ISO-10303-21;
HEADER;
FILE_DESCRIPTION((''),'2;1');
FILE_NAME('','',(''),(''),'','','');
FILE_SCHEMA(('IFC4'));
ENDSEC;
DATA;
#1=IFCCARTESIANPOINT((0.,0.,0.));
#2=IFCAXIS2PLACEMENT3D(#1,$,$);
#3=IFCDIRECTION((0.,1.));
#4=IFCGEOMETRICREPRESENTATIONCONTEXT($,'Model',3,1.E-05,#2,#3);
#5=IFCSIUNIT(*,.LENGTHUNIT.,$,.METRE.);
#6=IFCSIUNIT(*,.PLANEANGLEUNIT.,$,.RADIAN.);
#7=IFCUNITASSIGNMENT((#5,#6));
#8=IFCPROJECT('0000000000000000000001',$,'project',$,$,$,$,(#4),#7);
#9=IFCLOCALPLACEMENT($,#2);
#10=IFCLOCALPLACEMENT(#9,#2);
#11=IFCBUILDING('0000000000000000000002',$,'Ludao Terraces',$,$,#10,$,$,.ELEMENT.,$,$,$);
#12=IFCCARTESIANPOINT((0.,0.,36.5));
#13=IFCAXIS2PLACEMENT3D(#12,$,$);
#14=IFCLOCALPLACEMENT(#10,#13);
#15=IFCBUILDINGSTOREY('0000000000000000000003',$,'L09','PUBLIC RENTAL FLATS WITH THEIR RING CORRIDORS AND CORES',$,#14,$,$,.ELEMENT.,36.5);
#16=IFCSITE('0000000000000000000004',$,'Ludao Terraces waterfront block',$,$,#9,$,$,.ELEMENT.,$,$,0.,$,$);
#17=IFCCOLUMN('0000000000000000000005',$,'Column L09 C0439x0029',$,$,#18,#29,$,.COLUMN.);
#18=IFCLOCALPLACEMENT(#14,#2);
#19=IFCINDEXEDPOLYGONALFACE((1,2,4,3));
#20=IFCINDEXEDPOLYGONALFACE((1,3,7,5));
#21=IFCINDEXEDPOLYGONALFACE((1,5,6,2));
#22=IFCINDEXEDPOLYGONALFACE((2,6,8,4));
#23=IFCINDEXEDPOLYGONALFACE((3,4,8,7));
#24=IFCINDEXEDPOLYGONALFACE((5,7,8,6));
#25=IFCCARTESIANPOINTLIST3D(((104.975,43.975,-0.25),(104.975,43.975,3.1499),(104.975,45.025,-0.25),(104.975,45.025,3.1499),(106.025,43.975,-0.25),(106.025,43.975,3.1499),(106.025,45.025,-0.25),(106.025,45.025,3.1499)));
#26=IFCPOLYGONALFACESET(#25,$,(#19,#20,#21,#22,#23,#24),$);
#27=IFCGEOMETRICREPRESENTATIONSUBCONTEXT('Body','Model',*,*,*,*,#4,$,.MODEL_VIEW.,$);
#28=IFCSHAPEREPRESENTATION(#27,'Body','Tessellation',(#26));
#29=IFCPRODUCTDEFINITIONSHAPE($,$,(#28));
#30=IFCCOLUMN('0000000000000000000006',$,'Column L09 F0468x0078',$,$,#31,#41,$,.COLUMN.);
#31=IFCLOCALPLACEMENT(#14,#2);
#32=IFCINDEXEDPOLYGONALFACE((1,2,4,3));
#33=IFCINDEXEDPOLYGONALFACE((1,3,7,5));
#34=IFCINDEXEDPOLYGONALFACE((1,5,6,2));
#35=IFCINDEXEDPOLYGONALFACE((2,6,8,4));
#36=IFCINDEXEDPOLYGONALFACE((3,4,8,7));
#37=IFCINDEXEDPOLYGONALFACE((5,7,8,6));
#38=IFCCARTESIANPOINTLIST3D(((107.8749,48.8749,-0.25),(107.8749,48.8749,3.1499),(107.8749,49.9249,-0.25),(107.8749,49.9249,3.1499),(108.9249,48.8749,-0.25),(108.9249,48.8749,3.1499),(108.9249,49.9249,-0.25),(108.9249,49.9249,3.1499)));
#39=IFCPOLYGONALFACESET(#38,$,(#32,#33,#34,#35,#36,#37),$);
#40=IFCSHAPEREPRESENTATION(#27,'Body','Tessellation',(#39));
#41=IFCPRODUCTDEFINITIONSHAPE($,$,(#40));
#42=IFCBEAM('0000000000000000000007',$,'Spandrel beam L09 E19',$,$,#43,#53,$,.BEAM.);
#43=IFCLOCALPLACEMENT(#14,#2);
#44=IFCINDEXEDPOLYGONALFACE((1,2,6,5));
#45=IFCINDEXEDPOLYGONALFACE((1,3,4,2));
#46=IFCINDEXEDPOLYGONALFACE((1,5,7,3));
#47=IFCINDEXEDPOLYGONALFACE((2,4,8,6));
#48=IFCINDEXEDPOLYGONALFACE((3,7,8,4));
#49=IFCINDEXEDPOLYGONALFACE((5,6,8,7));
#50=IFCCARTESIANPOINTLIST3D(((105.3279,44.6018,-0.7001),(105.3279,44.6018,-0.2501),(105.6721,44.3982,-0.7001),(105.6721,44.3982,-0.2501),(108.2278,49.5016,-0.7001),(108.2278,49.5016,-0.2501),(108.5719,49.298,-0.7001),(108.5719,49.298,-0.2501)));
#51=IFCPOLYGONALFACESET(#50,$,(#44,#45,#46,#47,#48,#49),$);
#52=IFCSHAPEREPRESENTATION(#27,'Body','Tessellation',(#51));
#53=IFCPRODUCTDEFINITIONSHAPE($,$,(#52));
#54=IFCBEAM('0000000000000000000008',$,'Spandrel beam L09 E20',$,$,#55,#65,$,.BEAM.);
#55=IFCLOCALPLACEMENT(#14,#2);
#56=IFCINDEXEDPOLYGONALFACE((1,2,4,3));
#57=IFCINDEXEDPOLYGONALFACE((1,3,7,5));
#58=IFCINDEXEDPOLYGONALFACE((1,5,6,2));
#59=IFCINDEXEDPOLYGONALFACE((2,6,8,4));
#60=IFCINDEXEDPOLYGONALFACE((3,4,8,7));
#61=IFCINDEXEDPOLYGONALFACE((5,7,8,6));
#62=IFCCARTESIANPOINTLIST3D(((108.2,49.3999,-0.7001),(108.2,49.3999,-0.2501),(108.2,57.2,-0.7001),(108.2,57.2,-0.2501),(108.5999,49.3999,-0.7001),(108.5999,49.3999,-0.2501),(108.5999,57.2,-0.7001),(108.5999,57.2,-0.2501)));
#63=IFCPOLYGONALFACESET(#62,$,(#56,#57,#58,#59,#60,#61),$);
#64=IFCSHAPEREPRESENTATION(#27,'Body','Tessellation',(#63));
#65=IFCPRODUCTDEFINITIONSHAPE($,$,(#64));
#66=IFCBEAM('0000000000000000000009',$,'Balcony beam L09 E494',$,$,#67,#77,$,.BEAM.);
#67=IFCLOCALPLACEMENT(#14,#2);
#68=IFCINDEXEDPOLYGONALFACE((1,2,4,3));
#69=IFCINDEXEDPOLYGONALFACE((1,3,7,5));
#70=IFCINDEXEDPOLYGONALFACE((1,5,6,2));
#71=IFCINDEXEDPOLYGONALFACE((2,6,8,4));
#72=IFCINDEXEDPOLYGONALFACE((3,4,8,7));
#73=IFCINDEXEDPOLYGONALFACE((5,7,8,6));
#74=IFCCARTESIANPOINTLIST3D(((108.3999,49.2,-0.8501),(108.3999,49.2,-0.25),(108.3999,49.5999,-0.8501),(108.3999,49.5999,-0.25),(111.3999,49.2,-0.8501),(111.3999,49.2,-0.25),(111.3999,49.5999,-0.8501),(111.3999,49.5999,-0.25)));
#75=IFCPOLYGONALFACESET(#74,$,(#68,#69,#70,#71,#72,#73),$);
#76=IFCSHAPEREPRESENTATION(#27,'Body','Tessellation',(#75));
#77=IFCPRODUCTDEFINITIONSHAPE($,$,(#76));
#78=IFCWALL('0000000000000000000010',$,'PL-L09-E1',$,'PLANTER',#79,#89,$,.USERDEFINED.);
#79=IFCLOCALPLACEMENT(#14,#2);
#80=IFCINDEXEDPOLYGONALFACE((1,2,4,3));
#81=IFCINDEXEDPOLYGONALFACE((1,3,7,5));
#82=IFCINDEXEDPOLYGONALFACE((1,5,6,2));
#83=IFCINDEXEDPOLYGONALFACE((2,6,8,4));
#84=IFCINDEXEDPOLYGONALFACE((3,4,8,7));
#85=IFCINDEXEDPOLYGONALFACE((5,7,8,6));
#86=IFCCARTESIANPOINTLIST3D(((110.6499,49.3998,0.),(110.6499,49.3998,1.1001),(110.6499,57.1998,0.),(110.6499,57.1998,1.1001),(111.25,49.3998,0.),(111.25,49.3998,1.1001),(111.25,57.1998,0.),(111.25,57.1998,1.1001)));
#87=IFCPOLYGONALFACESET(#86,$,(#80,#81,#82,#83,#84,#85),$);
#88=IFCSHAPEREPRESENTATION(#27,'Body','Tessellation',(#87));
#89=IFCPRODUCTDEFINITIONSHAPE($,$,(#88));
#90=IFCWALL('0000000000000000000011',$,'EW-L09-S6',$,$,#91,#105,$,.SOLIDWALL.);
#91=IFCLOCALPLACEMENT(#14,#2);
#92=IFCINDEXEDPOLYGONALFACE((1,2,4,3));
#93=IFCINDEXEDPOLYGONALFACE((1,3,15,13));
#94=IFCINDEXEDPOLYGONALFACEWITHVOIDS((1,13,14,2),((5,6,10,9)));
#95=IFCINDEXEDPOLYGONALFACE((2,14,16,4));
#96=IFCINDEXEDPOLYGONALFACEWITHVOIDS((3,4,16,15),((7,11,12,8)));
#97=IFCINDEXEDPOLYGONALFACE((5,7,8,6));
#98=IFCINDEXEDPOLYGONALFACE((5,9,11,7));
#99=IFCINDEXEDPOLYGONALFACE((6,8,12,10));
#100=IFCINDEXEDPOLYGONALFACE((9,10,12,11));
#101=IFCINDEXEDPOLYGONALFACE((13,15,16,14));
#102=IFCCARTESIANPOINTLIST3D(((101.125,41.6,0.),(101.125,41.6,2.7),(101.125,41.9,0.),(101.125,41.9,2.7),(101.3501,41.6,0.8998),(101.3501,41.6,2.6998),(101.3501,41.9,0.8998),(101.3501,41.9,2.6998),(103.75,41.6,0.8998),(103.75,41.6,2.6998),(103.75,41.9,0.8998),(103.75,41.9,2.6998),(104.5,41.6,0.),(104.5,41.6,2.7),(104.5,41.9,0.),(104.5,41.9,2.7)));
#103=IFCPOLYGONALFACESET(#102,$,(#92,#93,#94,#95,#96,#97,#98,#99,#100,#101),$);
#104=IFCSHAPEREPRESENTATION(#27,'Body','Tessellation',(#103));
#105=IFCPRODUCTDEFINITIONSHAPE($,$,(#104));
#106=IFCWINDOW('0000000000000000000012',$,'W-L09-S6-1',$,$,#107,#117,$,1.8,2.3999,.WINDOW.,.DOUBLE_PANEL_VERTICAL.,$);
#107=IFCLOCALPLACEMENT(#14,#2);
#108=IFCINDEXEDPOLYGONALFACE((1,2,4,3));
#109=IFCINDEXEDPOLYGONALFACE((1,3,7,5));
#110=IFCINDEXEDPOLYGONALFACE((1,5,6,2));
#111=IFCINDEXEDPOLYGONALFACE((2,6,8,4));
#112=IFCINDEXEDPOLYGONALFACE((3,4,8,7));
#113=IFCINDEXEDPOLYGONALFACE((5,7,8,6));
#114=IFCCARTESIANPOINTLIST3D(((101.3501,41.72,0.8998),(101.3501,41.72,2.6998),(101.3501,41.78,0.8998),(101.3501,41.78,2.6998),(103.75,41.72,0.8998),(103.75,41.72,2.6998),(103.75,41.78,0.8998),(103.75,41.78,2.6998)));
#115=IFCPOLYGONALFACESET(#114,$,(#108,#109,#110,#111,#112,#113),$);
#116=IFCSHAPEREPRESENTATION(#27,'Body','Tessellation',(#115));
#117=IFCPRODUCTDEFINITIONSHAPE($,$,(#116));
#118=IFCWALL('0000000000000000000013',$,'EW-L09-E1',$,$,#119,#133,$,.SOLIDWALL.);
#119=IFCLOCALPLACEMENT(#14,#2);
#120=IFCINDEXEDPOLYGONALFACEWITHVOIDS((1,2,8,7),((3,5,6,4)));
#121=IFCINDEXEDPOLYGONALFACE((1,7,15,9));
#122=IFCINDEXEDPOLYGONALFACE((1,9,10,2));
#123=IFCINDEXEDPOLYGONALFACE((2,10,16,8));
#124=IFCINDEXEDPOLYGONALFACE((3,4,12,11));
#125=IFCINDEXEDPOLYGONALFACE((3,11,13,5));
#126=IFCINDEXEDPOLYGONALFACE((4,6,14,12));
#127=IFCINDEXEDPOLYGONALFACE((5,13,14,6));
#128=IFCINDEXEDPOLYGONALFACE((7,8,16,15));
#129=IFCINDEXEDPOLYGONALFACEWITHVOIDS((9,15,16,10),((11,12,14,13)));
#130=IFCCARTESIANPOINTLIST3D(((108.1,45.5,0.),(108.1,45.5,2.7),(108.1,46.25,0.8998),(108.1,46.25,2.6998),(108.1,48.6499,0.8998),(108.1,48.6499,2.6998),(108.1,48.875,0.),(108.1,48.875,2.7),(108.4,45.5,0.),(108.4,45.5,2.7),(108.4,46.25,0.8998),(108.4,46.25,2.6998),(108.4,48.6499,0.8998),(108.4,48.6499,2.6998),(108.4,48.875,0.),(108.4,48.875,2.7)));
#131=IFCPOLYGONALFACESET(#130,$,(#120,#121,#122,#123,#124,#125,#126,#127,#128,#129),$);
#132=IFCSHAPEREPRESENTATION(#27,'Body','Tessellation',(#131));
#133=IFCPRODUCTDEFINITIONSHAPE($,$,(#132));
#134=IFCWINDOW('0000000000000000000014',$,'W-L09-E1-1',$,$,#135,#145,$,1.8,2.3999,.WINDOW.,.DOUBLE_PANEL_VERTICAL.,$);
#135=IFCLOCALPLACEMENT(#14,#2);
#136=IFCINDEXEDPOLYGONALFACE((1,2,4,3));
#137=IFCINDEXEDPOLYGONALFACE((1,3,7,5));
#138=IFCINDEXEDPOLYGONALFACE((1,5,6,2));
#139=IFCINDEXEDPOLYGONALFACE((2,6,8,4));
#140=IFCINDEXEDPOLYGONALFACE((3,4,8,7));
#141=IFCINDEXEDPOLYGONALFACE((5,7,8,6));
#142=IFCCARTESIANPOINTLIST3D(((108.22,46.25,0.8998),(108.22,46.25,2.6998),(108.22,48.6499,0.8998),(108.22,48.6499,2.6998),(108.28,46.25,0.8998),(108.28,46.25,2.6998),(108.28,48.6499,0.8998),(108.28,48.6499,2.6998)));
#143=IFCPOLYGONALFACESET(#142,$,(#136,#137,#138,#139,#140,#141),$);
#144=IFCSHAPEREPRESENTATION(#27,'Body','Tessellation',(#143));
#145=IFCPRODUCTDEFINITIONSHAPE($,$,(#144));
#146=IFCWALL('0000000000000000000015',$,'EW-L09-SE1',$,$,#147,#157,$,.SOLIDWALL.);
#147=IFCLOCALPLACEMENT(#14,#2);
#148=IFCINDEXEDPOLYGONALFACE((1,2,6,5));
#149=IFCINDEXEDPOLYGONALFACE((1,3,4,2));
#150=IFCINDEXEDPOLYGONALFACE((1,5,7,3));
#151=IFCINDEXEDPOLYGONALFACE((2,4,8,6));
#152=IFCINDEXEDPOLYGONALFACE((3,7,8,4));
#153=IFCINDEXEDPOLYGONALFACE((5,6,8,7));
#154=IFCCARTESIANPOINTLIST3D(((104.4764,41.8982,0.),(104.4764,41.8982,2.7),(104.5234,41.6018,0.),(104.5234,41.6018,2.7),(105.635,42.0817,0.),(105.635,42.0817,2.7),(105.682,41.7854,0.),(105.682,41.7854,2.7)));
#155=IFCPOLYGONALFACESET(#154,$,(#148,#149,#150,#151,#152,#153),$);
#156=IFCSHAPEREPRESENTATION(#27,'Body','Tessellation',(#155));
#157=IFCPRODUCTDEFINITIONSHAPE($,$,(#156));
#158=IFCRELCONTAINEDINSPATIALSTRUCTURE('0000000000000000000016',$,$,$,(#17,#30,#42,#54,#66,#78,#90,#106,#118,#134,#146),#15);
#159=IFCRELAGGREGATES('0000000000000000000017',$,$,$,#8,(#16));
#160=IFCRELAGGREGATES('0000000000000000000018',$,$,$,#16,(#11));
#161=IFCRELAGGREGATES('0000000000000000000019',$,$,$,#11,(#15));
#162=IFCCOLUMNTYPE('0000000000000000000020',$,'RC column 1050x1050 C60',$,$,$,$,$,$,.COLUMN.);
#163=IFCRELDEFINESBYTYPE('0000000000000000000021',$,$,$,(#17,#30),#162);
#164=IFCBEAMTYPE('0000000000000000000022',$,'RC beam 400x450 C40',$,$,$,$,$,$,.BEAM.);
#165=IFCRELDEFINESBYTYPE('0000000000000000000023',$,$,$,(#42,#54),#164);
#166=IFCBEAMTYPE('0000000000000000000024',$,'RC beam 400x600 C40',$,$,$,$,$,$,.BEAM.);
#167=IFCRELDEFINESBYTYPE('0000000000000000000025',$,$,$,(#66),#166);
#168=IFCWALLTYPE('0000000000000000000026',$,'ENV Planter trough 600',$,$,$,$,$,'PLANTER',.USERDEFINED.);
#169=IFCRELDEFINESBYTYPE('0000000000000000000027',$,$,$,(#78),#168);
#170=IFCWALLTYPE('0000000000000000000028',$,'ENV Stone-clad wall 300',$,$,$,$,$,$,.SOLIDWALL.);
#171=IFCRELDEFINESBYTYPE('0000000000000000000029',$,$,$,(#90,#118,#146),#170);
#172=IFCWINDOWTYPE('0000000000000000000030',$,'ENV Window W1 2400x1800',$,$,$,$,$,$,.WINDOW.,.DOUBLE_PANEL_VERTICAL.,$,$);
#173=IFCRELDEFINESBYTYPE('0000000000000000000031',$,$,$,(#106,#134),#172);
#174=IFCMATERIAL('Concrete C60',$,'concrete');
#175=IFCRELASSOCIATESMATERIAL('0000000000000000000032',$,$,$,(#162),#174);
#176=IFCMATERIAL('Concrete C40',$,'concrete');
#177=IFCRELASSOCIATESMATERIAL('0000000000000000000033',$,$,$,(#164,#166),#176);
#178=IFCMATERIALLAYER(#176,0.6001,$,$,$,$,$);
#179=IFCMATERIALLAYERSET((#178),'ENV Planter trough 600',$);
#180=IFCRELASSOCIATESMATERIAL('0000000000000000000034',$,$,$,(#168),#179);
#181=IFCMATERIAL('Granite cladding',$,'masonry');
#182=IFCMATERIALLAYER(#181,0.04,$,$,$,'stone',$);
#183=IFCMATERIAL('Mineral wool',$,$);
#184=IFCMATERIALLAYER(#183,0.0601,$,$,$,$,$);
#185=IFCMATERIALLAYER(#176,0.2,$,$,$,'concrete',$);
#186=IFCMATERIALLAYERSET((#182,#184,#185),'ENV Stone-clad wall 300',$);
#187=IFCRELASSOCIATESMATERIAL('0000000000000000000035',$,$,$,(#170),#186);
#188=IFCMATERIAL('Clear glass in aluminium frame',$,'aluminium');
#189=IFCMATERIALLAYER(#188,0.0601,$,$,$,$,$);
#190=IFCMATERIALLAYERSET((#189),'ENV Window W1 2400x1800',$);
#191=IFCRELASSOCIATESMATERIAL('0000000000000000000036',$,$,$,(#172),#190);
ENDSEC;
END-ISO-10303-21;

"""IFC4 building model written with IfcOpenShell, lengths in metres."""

from ifc_helpers import new_model, si_unit, direction, frame, frame_2d, origin, origin_2d, place, context, subcontext, project, spatial, rectangle, extrude, material, layer, layer_set, material_profile, profile_set, type_object, element, fill, save


model = new_model("IFC4")

# Units and contexts
model_context = context("Model", 3, precision=1e-05, world=origin(), true_north=direction((0.0, 1.0)))
body_context = subcontext(model_context, "Body", "Model", "MODEL_VIEW")
ifc_project = project(units=[si_unit("LENGTHUNIT", "METRE"), si_unit("PLANEANGLEUNIT", "RADIAN")], contexts=[model_context])

# Site, building, storey
site_placement = place(None, origin())
site = spatial("IfcSite", under=ifc_project, at=site_placement, Name="Ludao Terraces waterfront block", CompositionType="ELEMENT", RefElevation=0.0)
building_placement = place(site_placement, origin())
building = spatial("IfcBuilding", under=site, at=building_placement, Name="Ludao Terraces", CompositionType="ELEMENT")
storey_placement = place(building_placement, frame((0.0, 0.0, 36.5)))
storey = spatial("IfcBuildingStorey", under=building, at=storey_placement, Name="L09", Description="PUBLIC RENTAL FLATS WITH THEIR RING CORRIDORS AND CORES", CompositionType="ELEMENT", Elevation=36.5)

# Columns
ifc_material_1 = material(Name="Concrete C60", Category="concrete")
ifc_material_profile_1 = material_profile(ifc_material_1, rectangle(XDim=1.05, YDim=1.05, at=origin_2d()), Name="1050 X 1050")
ifc_profile_set_1 = profile_set([ifc_material_profile_1], Name="Concrete C60")
column_type = type_object("IfcColumnType", Name="RC column 1050x1050 C60", PredefinedType="COLUMN", material=ifc_profile_set_1)
for number, where, z_axis, x_axis, name in (
    (1, (105.5, 44.5, -0.25), (0.0, 0.0, 1.0), (1.0, 0.0, 0.0), "Column L09 C0439x0029"),
    (2, (108.3999, 49.3999, -0.25), (0.0, 0.0, 1.0), (1.0, 0.0, 0.0), "Column L09 F0468x0078"),
):
    element("IfcColumn", number, at=place(storey_placement, frame(where, z_axis=z_axis, x_axis=x_axis)), inside=storey, type_object=column_type, Name=name, PredefinedType="COLUMN", context=body_context, shape_type="SweptSolid", body=[
        extrude(rectangle(XDim=1.05, YDim=1.05, at=origin_2d()), origin(), (0.0, 0.0, 1.0), 3.3999),
    ])

# Beams
ifc_material_2 = material(Name="Concrete C40", Category="concrete")
ifc_material_profile_2 = material_profile(ifc_material_2, rectangle(XDim=0.3999, YDim=0.45, at=origin_2d()), Name="400 X 450")
ifc_profile_set_2 = profile_set([ifc_material_profile_2], Name="Concrete C40")
beam_type_1 = type_object("IfcBeamType", Name="RC beam 400x450 C40", PredefinedType="BEAM", material=ifc_profile_set_2)
beam_1_placement = place(storey_placement, frame((105.5, 44.5, -0.4751), z_axis=(0.509316, 0.86058, 0.0), x_axis=(-0.86058, 0.509316, 0.0)))
element("IfcBeam", 3, at=beam_1_placement, inside=storey, type_object=beam_type_1, Name="Spandrel beam L09 E19", PredefinedType="BEAM", context=body_context, shape_type="SweptSolid", body=[
    extrude(rectangle(XDim=0.3999, YDim=0.45, at=origin_2d()), origin(), (0.0, 0.0, 1.0), 5.6936),
])
beam_2_placement = place(storey_placement, frame((108.3999, 49.3999, -0.4751), z_axis=(0.0, 1.0, 0.0), x_axis=(-1.0, 0.0, 0.0)))
element("IfcBeam", 4, at=beam_2_placement, inside=storey, type_object=beam_type_1, Name="Spandrel beam L09 E20", PredefinedType="BEAM", context=body_context, shape_type="SweptSolid", body=[
    extrude(rectangle(XDim=0.3999, YDim=0.45, at=origin_2d()), origin(), (0.0, 0.0, 1.0), 7.8),
])
ifc_material_profile_3 = material_profile(ifc_material_2, rectangle(XDim=0.3999, YDim=0.6001, at=origin_2d()), Name="400 X 600")
ifc_profile_set_3 = profile_set([ifc_material_profile_3], Name="Concrete C40")
beam_type_2 = type_object("IfcBeamType", Name="RC beam 400x600 C40", PredefinedType="BEAM", material=ifc_profile_set_3)
beam_3_placement = place(storey_placement, frame((108.3999, 49.3999, -0.55), z_axis=(1.0, 0.0, 0.0), x_axis=(0.0, 1.0, 0.0)))
element("IfcBeam", 5, at=beam_3_placement, inside=storey, type_object=beam_type_2, Name="Balcony beam L09 E494", PredefinedType="BEAM", context=body_context, shape_type="SweptSolid", body=[
    extrude(rectangle(XDim=0.3999, YDim=0.6001, at=origin_2d()), origin(), (0.0, 0.0, 1.0), 3.0),
])

# Wall
ifc_layer_1 = layer(ifc_material_2, 0.6001)
ifc_layer_set_1 = layer_set([ifc_layer_1], Name="ENV Planter trough 600")
wall_type_1 = type_object("IfcWallType", Name="ENV Planter trough 600", ElementType="PLANTER", PredefinedType="USERDEFINED", material=ifc_layer_set_1)
wall_1_placement = place(storey_placement, frame((110.95, 49.3999, 0.0), z_axis=(0.0, 0.0, 1.0), x_axis=(0.0, 1.0, 0.0)))
element("IfcWall", 6, at=wall_1_placement, inside=storey, type_object=wall_type_1, Name="PL-L09-E1", ObjectType="PLANTER", PredefinedType="USERDEFINED", context=body_context, shape_type="SweptSolid", body=[
    extrude(rectangle(XDim=7.8, YDim=0.6001, at=frame_2d((3.8999, 0.0))), origin(), (0.0, 0.0, 1.0), 1.1001),
])

# Walls, openings, windows
ifc_material_3 = material(Name="Granite cladding", Category="masonry")
ifc_layer_2 = layer(ifc_material_3, 0.04, Category="stone")
ifc_material_4 = material(Name="Mineral wool")
ifc_layer_3 = layer(ifc_material_4, 0.0601)
ifc_layer_4 = layer(ifc_material_2, 0.2, Category="concrete")
ifc_layer_set_2 = layer_set([ifc_layer_2, ifc_layer_3, ifc_layer_4], Name="ENV Stone-clad wall 300")
wall_type_2 = type_object("IfcWallType", Name="ENV Stone-clad wall 300", PredefinedType="SOLIDWALL", material=ifc_layer_set_2)
wall_2_placement = place(storey_placement, frame((101.125, 41.75, 0.0), z_axis=(0.0, 0.0, 1.0), x_axis=(1.0, 0.0, 0.0)))
wall_2 = element("IfcWall", 7, at=wall_2_placement, inside=storey, type_object=wall_type_2, Name="EW-L09-S6", PredefinedType="SOLIDWALL", context=body_context, shape_type="SweptSolid", body=[
    extrude(rectangle(XDim=3.375, YDim=0.3, at=frame_2d((1.6875, 0.0))), origin(), (0.0, 0.0, 1.0), 2.7),
])
opening_1_placement = place(wall_2_placement, frame((0.2251, 0.0, 0.8999)))
opening_1 = element("IfcOpeningElement", 8, at=opening_1_placement, cuts=wall_2, PredefinedType="OPENING", context=body_context, shape_type="SweptSolid", body=[
    extrude(rectangle(XDim=2.3999, YDim=1.8, at=frame_2d((1.2, 0.8999))), frame((0.0, 0.1602, 0.0), z_axis=(0.0, -1.0, 0.0), x_axis=(1.0, 0.0, 0.0)), (0.0, 0.0, 1.0), 0.3201),
])
ifc_material_5 = material(Name="Clear glass in aluminium frame", Category="aluminium")
ifc_layer_5 = layer(ifc_material_5, 0.0601)
ifc_layer_set_3 = layer_set([ifc_layer_5], Name="ENV Window W1 2400x1800")
window_type_1 = type_object("IfcWindowType", Name="ENV Window W1 2400x1800", PartitioningType="DOUBLE_PANEL_VERTICAL", PredefinedType="WINDOW", material=ifc_layer_set_3)
window_1_placement = place(opening_1_placement, origin())
window_1 = element("IfcWindow", 9, at=window_1_placement, inside=storey, type_object=window_type_1, Name="W-L09-S6-1", OverallHeight=1.8, OverallWidth=2.3999, PartitioningType="DOUBLE_PANEL_VERTICAL", PredefinedType="WINDOW", context=body_context, shape_type="SweptSolid", body=[
    extrude(rectangle(XDim=2.3999, YDim=1.8, at=frame_2d((1.2, 0.8999))), frame((0.0, 0.03, 0.0), z_axis=(0.0, -1.0, 0.0), x_axis=(1.0, 0.0, 0.0)), (0.0, 0.0, 1.0), 0.0601),
])
fill(opening_1, window_1)
wall_3_placement = place(storey_placement, frame((108.25, 45.5, 0.0), z_axis=(0.0, 0.0, 1.0), x_axis=(0.0, 1.0, 0.0)))
wall_3 = element("IfcWall", 10, at=wall_3_placement, inside=storey, type_object=wall_type_2, Name="EW-L09-E1", PredefinedType="SOLIDWALL", context=body_context, shape_type="SweptSolid", body=[
    extrude(rectangle(XDim=3.375, YDim=0.3, at=frame_2d((1.6875, 0.0))), origin(), (0.0, 0.0, 1.0), 2.7),
])
opening_2_placement = place(wall_3_placement, frame((0.75, 0.0, 0.8999)))
opening_2 = element("IfcOpeningElement", 11, at=opening_2_placement, cuts=wall_3, PredefinedType="OPENING", context=body_context, shape_type="SweptSolid", body=[
    extrude(rectangle(XDim=2.3999, YDim=1.8, at=frame_2d((1.2, 0.8999))), frame((0.0, 0.1602, 0.0), z_axis=(0.0, -1.0, 0.0), x_axis=(1.0, 0.0, 0.0)), (0.0, 0.0, 1.0), 0.3201),
])
window_2_placement = place(opening_2_placement, origin())
window_2 = element("IfcWindow", 12, at=window_2_placement, inside=storey, type_object=window_type_1, Name="W-L09-E1-1", OverallHeight=1.8, OverallWidth=2.3999, PartitioningType="DOUBLE_PANEL_VERTICAL", PredefinedType="WINDOW", context=body_context, shape_type="SweptSolid", body=[
    extrude(rectangle(XDim=2.3999, YDim=1.8, at=frame_2d((1.2, 0.8999))), frame((0.0, 0.03, 0.0), z_axis=(0.0, -1.0, 0.0), x_axis=(1.0, 0.0, 0.0)), (0.0, 0.0, 1.0), 0.0601),
])
fill(opening_2, window_2)

# Wall
wall_4_placement = place(storey_placement, frame((104.5, 41.75, 0.0), z_axis=(0.0, 0.0, 1.0), x_axis=(0.987678, 0.156497, 0.0)))
element("IfcWall", 13, at=wall_4_placement, inside=storey, type_object=wall_type_2, Name="EW-L09-SE1", PredefinedType="SOLIDWALL", context=body_context, shape_type="SweptSolid", body=[
    extrude(rectangle(XDim=1.1731, YDim=0.3, at=frame_2d((0.5864, 0.0))), origin(), (0.0, 0.0, 1.0), 2.7),
])

save(model, "model.ifc")
